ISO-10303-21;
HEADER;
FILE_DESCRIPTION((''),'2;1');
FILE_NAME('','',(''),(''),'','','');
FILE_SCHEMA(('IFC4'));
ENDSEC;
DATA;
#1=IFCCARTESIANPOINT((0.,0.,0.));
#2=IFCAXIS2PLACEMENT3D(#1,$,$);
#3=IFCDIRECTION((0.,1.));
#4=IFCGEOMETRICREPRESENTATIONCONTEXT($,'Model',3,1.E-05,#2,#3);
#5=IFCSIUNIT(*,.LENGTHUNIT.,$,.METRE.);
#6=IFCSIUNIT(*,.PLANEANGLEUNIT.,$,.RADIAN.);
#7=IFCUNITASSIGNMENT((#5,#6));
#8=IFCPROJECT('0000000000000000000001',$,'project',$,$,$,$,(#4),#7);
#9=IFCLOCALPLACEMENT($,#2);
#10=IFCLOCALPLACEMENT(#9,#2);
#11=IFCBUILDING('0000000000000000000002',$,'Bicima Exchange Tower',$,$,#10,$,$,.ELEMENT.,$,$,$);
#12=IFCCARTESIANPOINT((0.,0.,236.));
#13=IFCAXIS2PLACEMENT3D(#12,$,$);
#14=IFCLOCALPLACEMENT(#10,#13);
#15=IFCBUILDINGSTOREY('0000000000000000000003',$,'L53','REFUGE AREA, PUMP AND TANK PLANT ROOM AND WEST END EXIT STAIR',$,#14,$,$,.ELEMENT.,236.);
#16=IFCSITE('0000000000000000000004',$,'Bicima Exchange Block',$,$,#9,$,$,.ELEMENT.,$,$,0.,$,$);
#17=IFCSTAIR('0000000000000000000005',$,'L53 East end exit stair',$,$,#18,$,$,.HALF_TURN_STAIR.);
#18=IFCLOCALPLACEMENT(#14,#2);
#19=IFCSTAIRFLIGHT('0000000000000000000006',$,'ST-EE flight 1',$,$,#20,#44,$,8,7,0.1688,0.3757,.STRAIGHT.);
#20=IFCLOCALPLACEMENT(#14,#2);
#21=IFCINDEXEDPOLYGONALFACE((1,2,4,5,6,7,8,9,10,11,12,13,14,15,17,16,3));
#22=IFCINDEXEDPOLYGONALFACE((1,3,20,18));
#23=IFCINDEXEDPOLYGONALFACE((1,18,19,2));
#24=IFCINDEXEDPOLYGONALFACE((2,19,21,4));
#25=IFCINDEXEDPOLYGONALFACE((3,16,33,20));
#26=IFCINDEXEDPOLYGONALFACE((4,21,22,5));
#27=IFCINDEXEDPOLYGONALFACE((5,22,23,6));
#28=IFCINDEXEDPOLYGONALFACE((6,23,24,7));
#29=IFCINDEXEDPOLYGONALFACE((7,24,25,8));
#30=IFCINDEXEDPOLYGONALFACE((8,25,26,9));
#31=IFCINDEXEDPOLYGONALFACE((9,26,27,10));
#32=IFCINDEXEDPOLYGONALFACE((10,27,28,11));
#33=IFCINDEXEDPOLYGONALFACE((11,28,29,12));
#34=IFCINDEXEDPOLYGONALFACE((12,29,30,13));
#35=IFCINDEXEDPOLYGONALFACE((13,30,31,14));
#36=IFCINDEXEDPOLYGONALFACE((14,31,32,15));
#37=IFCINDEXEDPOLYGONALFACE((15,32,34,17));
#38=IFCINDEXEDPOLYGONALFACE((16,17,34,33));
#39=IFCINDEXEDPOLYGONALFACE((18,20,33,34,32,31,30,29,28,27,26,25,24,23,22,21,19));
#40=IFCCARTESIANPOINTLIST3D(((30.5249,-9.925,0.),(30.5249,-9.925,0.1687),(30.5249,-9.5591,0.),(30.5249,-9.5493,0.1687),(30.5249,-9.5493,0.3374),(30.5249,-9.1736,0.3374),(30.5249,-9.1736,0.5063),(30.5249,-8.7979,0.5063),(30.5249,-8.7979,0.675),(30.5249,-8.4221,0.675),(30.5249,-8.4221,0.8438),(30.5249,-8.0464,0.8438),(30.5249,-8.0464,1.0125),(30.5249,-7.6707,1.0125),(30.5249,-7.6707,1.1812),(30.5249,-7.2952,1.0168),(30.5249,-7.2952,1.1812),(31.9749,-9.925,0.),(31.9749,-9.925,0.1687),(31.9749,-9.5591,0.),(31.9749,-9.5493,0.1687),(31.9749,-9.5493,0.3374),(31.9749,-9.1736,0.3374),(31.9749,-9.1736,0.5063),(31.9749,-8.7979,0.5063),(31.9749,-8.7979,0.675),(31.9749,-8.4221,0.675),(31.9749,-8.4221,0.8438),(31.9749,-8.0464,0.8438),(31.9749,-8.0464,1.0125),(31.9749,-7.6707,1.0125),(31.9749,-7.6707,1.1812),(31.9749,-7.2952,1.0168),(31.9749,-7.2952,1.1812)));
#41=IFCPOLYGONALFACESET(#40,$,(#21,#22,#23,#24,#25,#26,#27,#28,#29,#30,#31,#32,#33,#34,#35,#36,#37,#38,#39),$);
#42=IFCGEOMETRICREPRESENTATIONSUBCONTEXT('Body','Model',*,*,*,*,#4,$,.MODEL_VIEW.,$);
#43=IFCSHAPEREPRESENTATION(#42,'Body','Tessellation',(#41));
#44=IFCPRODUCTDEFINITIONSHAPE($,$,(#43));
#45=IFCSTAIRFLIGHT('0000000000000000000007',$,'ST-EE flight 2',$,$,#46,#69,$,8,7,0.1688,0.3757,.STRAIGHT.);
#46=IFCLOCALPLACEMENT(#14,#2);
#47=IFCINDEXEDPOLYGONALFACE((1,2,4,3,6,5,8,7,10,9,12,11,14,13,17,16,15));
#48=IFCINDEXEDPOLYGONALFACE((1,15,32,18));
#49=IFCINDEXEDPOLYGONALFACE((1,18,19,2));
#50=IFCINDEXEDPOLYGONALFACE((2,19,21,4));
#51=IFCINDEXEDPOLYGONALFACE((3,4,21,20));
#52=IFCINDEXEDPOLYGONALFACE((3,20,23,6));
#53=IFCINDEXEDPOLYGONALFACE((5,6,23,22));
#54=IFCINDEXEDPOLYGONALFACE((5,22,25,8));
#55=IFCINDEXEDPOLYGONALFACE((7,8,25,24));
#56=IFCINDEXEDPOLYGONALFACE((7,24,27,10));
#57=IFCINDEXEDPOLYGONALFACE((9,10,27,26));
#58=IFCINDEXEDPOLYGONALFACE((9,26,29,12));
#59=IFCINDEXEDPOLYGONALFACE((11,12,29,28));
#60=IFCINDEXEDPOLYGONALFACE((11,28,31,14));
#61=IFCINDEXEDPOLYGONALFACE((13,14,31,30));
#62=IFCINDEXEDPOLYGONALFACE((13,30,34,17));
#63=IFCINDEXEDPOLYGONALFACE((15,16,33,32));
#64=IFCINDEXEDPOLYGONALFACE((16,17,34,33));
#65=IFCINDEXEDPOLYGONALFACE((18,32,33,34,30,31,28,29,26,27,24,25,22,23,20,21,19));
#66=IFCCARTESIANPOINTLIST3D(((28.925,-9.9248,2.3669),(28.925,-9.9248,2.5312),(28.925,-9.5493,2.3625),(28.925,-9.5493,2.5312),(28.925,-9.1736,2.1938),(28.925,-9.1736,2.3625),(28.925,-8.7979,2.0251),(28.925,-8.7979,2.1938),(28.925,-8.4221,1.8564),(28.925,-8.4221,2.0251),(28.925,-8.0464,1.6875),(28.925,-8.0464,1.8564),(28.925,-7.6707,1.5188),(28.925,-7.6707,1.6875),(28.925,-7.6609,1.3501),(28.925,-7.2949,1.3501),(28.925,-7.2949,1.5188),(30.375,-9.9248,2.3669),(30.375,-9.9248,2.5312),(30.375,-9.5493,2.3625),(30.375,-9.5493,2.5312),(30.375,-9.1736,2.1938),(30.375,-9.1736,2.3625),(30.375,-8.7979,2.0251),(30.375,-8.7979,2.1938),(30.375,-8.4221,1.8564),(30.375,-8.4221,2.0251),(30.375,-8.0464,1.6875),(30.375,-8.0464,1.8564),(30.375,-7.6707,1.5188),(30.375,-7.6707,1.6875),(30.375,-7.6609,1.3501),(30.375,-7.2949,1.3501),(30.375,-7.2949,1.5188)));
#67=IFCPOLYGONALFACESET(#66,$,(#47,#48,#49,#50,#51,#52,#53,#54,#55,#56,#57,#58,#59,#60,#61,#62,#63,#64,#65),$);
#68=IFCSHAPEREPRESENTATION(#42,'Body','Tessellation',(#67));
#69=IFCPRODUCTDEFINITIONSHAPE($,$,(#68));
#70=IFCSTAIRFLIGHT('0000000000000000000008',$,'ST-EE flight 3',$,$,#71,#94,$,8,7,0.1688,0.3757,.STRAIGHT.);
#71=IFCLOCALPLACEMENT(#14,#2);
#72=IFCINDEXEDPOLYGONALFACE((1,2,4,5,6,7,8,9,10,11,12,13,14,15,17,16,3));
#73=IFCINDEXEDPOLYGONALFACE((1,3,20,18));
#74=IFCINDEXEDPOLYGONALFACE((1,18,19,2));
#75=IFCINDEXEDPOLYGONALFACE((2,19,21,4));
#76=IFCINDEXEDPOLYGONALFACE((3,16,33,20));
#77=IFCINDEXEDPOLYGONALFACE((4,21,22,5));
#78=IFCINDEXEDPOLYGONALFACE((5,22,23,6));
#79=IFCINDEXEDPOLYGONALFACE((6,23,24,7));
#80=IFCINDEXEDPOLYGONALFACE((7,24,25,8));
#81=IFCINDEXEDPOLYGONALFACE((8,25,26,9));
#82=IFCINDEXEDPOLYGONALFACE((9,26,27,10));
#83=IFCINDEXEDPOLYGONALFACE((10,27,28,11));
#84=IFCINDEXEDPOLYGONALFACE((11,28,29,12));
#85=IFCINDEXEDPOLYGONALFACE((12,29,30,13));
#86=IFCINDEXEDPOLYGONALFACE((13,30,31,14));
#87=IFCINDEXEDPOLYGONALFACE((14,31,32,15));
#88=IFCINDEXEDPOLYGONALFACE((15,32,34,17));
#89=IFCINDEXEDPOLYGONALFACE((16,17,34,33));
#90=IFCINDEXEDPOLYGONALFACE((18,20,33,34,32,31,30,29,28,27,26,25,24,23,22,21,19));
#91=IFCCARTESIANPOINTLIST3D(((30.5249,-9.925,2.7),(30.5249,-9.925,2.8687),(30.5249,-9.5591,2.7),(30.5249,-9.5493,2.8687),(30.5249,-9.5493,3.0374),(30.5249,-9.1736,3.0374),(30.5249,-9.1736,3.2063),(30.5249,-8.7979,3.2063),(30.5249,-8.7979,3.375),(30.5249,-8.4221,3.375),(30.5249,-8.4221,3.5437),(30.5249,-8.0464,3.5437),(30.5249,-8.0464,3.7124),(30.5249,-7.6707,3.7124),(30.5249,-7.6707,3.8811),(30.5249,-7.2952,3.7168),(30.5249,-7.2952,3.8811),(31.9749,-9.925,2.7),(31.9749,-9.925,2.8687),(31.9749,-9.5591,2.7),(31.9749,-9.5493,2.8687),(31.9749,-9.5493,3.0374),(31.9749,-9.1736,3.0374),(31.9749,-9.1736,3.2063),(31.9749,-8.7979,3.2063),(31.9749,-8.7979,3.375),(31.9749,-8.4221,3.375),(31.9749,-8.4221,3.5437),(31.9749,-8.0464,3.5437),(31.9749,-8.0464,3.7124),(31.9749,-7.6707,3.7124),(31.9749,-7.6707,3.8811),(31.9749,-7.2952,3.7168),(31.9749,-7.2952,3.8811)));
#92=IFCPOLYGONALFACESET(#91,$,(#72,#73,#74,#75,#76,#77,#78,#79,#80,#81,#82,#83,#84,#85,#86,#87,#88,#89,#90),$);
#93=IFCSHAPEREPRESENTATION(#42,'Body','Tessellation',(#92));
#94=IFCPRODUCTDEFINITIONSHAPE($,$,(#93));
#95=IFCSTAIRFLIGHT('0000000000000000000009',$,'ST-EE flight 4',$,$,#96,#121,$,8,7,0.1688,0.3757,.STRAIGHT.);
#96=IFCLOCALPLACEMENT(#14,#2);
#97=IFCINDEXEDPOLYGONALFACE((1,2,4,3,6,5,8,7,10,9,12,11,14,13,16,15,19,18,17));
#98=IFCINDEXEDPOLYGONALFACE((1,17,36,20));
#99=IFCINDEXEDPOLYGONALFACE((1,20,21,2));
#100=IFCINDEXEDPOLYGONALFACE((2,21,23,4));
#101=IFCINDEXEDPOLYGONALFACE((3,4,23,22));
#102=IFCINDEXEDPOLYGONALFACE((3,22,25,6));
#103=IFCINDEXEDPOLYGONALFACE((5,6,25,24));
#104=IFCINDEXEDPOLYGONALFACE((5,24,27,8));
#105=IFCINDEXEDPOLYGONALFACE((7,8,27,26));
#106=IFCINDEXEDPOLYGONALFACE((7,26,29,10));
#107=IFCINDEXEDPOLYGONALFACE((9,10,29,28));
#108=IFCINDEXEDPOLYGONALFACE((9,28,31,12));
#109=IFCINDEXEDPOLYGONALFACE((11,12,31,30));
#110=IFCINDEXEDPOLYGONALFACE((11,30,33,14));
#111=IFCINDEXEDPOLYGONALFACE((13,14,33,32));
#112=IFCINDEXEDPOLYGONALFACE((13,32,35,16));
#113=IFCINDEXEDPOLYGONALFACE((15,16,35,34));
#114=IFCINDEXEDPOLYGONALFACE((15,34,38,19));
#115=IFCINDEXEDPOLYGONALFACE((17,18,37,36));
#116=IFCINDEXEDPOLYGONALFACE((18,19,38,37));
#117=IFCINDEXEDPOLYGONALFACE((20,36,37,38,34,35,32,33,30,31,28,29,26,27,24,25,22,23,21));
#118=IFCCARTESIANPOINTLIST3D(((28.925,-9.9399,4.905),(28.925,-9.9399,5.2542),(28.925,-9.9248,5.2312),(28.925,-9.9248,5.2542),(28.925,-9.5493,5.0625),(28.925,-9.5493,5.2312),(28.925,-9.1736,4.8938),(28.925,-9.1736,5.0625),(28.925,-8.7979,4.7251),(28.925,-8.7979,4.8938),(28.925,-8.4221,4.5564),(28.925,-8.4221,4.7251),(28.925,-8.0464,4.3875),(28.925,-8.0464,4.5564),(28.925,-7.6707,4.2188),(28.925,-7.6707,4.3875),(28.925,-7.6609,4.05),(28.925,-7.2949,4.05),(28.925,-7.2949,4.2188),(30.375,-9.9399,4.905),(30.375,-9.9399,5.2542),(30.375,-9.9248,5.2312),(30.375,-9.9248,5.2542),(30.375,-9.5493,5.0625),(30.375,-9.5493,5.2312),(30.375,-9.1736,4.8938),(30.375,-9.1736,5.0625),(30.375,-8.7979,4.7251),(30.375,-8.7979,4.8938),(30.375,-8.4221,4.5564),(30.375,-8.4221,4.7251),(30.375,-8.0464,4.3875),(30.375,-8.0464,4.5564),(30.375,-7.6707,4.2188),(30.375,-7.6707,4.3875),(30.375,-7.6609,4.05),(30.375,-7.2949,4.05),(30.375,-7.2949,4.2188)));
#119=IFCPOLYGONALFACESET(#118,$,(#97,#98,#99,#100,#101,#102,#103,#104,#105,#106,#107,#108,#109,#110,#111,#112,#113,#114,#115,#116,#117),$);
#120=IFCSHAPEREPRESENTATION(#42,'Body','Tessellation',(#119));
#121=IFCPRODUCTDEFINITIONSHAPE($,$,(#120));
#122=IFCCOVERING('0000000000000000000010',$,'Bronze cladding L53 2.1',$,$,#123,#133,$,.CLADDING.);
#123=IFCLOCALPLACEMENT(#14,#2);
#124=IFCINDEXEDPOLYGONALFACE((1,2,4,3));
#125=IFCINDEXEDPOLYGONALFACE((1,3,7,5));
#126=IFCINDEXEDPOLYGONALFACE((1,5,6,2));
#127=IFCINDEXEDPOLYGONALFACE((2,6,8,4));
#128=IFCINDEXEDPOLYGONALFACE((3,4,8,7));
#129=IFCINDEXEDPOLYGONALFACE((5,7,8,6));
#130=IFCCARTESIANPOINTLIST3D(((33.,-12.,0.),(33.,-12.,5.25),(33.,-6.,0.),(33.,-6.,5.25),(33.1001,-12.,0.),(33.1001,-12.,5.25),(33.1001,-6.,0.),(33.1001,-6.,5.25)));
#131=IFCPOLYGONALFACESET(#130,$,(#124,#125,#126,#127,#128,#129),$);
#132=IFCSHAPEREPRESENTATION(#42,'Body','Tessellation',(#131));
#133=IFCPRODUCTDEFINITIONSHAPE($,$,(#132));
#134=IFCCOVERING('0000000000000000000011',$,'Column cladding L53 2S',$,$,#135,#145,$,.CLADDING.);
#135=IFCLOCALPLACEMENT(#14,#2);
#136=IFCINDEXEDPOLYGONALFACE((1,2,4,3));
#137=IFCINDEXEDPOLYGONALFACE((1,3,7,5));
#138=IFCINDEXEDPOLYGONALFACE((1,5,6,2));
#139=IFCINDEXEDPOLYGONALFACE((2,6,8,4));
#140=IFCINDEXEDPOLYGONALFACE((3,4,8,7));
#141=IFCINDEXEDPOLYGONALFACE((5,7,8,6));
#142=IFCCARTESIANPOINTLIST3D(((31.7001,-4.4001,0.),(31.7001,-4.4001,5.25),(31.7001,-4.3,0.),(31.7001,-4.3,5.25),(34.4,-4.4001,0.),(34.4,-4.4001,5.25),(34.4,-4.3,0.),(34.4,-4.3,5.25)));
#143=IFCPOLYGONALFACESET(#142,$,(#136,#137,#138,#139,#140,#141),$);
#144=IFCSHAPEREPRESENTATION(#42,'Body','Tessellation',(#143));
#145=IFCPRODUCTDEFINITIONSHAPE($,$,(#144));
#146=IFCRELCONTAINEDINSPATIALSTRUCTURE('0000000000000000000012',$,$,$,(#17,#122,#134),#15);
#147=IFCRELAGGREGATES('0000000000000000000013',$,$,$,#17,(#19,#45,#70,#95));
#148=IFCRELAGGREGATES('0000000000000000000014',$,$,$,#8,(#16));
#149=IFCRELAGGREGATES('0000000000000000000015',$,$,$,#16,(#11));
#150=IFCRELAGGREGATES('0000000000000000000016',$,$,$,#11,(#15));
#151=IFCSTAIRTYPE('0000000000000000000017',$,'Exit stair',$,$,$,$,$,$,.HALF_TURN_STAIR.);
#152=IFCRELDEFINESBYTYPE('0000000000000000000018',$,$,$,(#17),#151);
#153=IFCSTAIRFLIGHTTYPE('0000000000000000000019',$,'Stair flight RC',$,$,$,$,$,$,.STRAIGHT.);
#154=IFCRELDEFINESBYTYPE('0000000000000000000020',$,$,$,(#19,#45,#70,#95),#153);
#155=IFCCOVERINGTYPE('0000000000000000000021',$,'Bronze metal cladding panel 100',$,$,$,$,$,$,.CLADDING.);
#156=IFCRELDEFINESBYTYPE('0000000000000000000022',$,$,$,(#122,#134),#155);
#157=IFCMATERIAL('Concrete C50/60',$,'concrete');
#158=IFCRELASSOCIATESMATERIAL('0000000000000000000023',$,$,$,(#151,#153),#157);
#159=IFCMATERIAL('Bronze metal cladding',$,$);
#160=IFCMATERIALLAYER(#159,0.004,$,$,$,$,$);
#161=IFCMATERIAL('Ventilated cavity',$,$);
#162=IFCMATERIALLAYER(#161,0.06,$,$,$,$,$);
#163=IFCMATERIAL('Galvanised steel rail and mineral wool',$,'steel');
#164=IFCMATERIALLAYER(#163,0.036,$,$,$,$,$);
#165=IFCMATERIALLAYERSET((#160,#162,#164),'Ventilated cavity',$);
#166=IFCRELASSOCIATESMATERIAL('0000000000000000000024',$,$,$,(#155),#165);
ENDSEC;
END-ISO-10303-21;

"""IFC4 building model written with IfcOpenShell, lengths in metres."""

from ifc_helpers import new_model, si_unit, direction, frame, origin, origin_2d, place, context, subcontext, project, spatial, polyline, rectangle, outline, extrude, material, layer, layer_set, type_object, element, aggregate, save


model = new_model("IFC4")

# Units and contexts
model_context = context("Model", 3, precision=1e-05, world=origin(), true_north=direction((0.0, 1.0)))
body_context = subcontext(model_context, "Body", "Model", "MODEL_VIEW")
ifc_project = project(units=[si_unit("LENGTHUNIT", "METRE"), si_unit("PLANEANGLEUNIT", "RADIAN")], contexts=[model_context])

# Site, building, storey
site_placement = place(None, origin())
site = spatial("IfcSite", under=ifc_project, at=site_placement, Name="Bicima Exchange Block", CompositionType="ELEMENT", RefElevation=0.0)
building_placement = place(site_placement, origin())
building = spatial("IfcBuilding", under=site, at=building_placement, Name="Bicima Exchange Tower", CompositionType="ELEMENT")
storey_placement = place(building_placement, frame((0.0, 0.0, 236.0)))
storey = spatial("IfcBuildingStorey", under=building, at=storey_placement, Name="L53", Description="REFUGE AREA, PUMP AND TANK PLANT ROOM AND WEST END EXIT STAIR", CompositionType="ELEMENT", Elevation=236.0)

# Shared definitions
ifc_material_1 = material(Name="Concrete C50/60", Category="concrete")

# Stair, stair flights
stair_type = type_object("IfcStairType", Name="Exit stair", PredefinedType="HALF_TURN_STAIR", material=ifc_material_1)
stair_placement = place(storey_placement, origin())
stair = element("IfcStair", 1, at=stair_placement, inside=storey, type_object=stair_type, Name="L53 East end exit stair", PredefinedType="HALF_TURN_STAIR")
stair_flight_type = type_object("IfcStairFlightType", Name="Stair flight RC", PredefinedType="STRAIGHT", material=ifc_material_1)
stair_flight_1_placement = place(storey_placement, frame((31.25, -9.925, 0.0), z_axis=(0.0, 0.0, 1.0), x_axis=(0.0, 1.0, 0.0)))
stair_flight_1 = element("IfcStairFlight", 2, at=stair_flight_1_placement, type_object=stair_flight_type, Name="ST-EE flight 1", NumberOfRisers=8, NumberOfTreads=7, PredefinedType="STRAIGHT", RiserHeight=0.1688, TreadLength=0.3757, context=body_context, shape_type="SweptSolid", body=[
    extrude(outline(polyline([(0.0, 0.0), (0.0, 0.1687), (0.3757, 0.1687), (0.3757, 0.3374), (0.7515, 0.3374), (0.7515, 0.5063), (1.1272, 0.5063), (1.1272, 0.675), (1.5029, 0.675), (1.5029, 0.8438), (1.8787, 0.8438), (1.8787, 1.0125), (2.2544, 1.0125), (2.2544, 1.1812), (2.6299, 1.1812), (2.6299, 1.3501), (2.6299, 1.0168), (0.366, 0.0), (0.0, 0.0)])), frame((0.0, 0.7251, 0.0), z_axis=(0.0, -1.0, 0.0), x_axis=(1.0, 0.0, 0.0)), (0.0, 0.0, 1.0), 1.45),
])
stair_flight_2_placement = place(storey_placement, frame((29.6499, -7.2949, 1.3501), z_axis=(0.0, 0.0, 1.0), x_axis=(0.0, -1.0, 0.0)))
stair_flight_2 = element("IfcStairFlight", 3, at=stair_flight_2_placement, type_object=stair_flight_type, Name="ST-EE flight 2", NumberOfRisers=8, NumberOfTreads=7, PredefinedType="STRAIGHT", RiserHeight=0.1688, TreadLength=0.3757, context=body_context, shape_type="SweptSolid", body=[
    extrude(outline(polyline([(0.0, 0.0), (0.0, 0.1687), (0.3757, 0.1687), (0.3757, 0.3374), (0.7515, 0.3374), (0.7515, 0.5063), (1.1272, 0.5063), (1.1272, 0.675), (1.5029, 0.675), (1.5029, 0.8438), (1.8787, 0.8438), (1.8787, 1.0125), (2.2544, 1.0125), (2.2544, 1.1812), (2.6299, 1.1812), (2.6299, 1.3501), (2.6299, 1.0168), (0.366, 0.0), (0.0, 0.0)])), frame((0.0, 0.7251, 0.0), z_axis=(0.0, -1.0, 0.0), x_axis=(1.0, 0.0, 0.0)), (0.0, 0.0, 1.0), 1.45),
])
stair_flight_3_placement = place(storey_placement, frame((31.25, -9.925, 2.7), z_axis=(0.0, 0.0, 1.0), x_axis=(0.0, 1.0, 0.0)))
stair_flight_3 = element("IfcStairFlight", 4, at=stair_flight_3_placement, type_object=stair_flight_type, Name="ST-EE flight 3", NumberOfRisers=8, NumberOfTreads=7, PredefinedType="STRAIGHT", RiserHeight=0.1688, TreadLength=0.3757, context=body_context, shape_type="SweptSolid", body=[
    extrude(outline(polyline([(0.0, 0.0), (0.0, 0.1687), (0.3757, 0.1687), (0.3757, 0.3374), (0.7515, 0.3374), (0.7515, 0.5063), (1.1272, 0.5063), (1.1272, 0.675), (1.5029, 0.675), (1.5029, 0.8438), (1.8787, 0.8438), (1.8787, 1.0125), (2.2544, 1.0125), (2.2544, 1.1812), (2.6299, 1.1812), (2.6299, 1.3501), (2.6299, 1.0168), (0.366, 0.0), (0.0, 0.0)])), frame((0.0, 0.7251, 0.0), z_axis=(0.0, -1.0, 0.0), x_axis=(1.0, 0.0, 0.0)), (0.0, 0.0, 1.0), 1.45),
])
stair_flight_4_placement = place(storey_placement, frame((29.6499, -7.2949, 4.05), z_axis=(0.0, 0.0, 1.0), x_axis=(0.0, -1.0, 0.0)))
stair_flight_4 = element("IfcStairFlight", 5, at=stair_flight_4_placement, type_object=stair_flight_type, Name="ST-EE flight 4", NumberOfRisers=8, NumberOfTreads=7, PredefinedType="STRAIGHT", RiserHeight=0.1688, TreadLength=0.3757, context=body_context, shape_type="SweptSolid", body=[
    extrude(outline(polyline([(0.0, 0.0), (0.0, 0.1687), (0.3757, 0.1687), (0.3757, 0.3374), (0.7515, 0.3374), (0.7515, 0.5063), (1.1272, 0.5063), (1.1272, 0.675), (1.5029, 0.675), (1.5029, 0.8438), (1.8787, 0.8438), (1.8787, 1.0125), (2.2544, 1.0125), (2.2544, 1.1812), (2.6299, 1.1812), (2.6299, 1.2041), (2.645, 1.2041), (2.645, 0.855), (0.366, 0.0), (0.0, 0.0)])), frame((0.0, 0.7251, 0.0), z_axis=(0.0, -1.0, 0.0), x_axis=(1.0, 0.0, 0.0)), (0.0, 0.0, 1.0), 1.45),
])
aggregate(stair, [stair_flight_1, stair_flight_2, stair_flight_3, stair_flight_4])

# Coverings
ifc_material_2 = material(Name="Bronze metal cladding")
ifc_layer_1 = layer(ifc_material_2, 0.004)
ifc_material_3 = material(Name="Ventilated cavity")
ifc_layer_2 = layer(ifc_material_3, 0.06)
ifc_material_4 = material(Name="Galvanised steel rail and mineral wool", Category="steel")
ifc_layer_3 = layer(ifc_material_4, 0.036)
ifc_layer_set_1 = layer_set([ifc_layer_1, ifc_layer_2, ifc_layer_3], Name="Ventilated cavity")
covering_type = type_object("IfcCoveringType", Name="Bronze metal cladding panel 100", PredefinedType="CLADDING", material=ifc_layer_set_1)
covering_1_placement = place(storey_placement, frame((33.05, -9.0, 0.0), z_axis=(0.0, 0.0, 1.0), x_axis=(0.0, 1.0, 0.0)))
element("IfcCovering", 6, at=covering_1_placement, inside=storey, type_object=covering_type, Name="Bronze cladding L53 2.1", PredefinedType="CLADDING", context=body_context, shape_type="SweptSolid", body=[
    extrude(rectangle(XDim=6.0, YDim=0.1001, at=origin_2d()), origin(), (0.0, 0.0, 1.0), 5.25),
])
covering_2_placement = place(storey_placement, frame((33.05, -4.3501, 0.0), z_axis=(0.0, 0.0, 1.0), x_axis=(1.0, 0.0, 0.0)))
element("IfcCovering", 7, at=covering_2_placement, inside=storey, type_object=covering_type, Name="Column cladding L53 2S", PredefinedType="CLADDING", context=body_context, shape_type="SweptSolid", body=[
    extrude(rectangle(XDim=2.7, YDim=0.1001, at=origin_2d()), origin(), (0.0, 0.0, 1.0), 5.25),
])

save(model, "model.ifc")
